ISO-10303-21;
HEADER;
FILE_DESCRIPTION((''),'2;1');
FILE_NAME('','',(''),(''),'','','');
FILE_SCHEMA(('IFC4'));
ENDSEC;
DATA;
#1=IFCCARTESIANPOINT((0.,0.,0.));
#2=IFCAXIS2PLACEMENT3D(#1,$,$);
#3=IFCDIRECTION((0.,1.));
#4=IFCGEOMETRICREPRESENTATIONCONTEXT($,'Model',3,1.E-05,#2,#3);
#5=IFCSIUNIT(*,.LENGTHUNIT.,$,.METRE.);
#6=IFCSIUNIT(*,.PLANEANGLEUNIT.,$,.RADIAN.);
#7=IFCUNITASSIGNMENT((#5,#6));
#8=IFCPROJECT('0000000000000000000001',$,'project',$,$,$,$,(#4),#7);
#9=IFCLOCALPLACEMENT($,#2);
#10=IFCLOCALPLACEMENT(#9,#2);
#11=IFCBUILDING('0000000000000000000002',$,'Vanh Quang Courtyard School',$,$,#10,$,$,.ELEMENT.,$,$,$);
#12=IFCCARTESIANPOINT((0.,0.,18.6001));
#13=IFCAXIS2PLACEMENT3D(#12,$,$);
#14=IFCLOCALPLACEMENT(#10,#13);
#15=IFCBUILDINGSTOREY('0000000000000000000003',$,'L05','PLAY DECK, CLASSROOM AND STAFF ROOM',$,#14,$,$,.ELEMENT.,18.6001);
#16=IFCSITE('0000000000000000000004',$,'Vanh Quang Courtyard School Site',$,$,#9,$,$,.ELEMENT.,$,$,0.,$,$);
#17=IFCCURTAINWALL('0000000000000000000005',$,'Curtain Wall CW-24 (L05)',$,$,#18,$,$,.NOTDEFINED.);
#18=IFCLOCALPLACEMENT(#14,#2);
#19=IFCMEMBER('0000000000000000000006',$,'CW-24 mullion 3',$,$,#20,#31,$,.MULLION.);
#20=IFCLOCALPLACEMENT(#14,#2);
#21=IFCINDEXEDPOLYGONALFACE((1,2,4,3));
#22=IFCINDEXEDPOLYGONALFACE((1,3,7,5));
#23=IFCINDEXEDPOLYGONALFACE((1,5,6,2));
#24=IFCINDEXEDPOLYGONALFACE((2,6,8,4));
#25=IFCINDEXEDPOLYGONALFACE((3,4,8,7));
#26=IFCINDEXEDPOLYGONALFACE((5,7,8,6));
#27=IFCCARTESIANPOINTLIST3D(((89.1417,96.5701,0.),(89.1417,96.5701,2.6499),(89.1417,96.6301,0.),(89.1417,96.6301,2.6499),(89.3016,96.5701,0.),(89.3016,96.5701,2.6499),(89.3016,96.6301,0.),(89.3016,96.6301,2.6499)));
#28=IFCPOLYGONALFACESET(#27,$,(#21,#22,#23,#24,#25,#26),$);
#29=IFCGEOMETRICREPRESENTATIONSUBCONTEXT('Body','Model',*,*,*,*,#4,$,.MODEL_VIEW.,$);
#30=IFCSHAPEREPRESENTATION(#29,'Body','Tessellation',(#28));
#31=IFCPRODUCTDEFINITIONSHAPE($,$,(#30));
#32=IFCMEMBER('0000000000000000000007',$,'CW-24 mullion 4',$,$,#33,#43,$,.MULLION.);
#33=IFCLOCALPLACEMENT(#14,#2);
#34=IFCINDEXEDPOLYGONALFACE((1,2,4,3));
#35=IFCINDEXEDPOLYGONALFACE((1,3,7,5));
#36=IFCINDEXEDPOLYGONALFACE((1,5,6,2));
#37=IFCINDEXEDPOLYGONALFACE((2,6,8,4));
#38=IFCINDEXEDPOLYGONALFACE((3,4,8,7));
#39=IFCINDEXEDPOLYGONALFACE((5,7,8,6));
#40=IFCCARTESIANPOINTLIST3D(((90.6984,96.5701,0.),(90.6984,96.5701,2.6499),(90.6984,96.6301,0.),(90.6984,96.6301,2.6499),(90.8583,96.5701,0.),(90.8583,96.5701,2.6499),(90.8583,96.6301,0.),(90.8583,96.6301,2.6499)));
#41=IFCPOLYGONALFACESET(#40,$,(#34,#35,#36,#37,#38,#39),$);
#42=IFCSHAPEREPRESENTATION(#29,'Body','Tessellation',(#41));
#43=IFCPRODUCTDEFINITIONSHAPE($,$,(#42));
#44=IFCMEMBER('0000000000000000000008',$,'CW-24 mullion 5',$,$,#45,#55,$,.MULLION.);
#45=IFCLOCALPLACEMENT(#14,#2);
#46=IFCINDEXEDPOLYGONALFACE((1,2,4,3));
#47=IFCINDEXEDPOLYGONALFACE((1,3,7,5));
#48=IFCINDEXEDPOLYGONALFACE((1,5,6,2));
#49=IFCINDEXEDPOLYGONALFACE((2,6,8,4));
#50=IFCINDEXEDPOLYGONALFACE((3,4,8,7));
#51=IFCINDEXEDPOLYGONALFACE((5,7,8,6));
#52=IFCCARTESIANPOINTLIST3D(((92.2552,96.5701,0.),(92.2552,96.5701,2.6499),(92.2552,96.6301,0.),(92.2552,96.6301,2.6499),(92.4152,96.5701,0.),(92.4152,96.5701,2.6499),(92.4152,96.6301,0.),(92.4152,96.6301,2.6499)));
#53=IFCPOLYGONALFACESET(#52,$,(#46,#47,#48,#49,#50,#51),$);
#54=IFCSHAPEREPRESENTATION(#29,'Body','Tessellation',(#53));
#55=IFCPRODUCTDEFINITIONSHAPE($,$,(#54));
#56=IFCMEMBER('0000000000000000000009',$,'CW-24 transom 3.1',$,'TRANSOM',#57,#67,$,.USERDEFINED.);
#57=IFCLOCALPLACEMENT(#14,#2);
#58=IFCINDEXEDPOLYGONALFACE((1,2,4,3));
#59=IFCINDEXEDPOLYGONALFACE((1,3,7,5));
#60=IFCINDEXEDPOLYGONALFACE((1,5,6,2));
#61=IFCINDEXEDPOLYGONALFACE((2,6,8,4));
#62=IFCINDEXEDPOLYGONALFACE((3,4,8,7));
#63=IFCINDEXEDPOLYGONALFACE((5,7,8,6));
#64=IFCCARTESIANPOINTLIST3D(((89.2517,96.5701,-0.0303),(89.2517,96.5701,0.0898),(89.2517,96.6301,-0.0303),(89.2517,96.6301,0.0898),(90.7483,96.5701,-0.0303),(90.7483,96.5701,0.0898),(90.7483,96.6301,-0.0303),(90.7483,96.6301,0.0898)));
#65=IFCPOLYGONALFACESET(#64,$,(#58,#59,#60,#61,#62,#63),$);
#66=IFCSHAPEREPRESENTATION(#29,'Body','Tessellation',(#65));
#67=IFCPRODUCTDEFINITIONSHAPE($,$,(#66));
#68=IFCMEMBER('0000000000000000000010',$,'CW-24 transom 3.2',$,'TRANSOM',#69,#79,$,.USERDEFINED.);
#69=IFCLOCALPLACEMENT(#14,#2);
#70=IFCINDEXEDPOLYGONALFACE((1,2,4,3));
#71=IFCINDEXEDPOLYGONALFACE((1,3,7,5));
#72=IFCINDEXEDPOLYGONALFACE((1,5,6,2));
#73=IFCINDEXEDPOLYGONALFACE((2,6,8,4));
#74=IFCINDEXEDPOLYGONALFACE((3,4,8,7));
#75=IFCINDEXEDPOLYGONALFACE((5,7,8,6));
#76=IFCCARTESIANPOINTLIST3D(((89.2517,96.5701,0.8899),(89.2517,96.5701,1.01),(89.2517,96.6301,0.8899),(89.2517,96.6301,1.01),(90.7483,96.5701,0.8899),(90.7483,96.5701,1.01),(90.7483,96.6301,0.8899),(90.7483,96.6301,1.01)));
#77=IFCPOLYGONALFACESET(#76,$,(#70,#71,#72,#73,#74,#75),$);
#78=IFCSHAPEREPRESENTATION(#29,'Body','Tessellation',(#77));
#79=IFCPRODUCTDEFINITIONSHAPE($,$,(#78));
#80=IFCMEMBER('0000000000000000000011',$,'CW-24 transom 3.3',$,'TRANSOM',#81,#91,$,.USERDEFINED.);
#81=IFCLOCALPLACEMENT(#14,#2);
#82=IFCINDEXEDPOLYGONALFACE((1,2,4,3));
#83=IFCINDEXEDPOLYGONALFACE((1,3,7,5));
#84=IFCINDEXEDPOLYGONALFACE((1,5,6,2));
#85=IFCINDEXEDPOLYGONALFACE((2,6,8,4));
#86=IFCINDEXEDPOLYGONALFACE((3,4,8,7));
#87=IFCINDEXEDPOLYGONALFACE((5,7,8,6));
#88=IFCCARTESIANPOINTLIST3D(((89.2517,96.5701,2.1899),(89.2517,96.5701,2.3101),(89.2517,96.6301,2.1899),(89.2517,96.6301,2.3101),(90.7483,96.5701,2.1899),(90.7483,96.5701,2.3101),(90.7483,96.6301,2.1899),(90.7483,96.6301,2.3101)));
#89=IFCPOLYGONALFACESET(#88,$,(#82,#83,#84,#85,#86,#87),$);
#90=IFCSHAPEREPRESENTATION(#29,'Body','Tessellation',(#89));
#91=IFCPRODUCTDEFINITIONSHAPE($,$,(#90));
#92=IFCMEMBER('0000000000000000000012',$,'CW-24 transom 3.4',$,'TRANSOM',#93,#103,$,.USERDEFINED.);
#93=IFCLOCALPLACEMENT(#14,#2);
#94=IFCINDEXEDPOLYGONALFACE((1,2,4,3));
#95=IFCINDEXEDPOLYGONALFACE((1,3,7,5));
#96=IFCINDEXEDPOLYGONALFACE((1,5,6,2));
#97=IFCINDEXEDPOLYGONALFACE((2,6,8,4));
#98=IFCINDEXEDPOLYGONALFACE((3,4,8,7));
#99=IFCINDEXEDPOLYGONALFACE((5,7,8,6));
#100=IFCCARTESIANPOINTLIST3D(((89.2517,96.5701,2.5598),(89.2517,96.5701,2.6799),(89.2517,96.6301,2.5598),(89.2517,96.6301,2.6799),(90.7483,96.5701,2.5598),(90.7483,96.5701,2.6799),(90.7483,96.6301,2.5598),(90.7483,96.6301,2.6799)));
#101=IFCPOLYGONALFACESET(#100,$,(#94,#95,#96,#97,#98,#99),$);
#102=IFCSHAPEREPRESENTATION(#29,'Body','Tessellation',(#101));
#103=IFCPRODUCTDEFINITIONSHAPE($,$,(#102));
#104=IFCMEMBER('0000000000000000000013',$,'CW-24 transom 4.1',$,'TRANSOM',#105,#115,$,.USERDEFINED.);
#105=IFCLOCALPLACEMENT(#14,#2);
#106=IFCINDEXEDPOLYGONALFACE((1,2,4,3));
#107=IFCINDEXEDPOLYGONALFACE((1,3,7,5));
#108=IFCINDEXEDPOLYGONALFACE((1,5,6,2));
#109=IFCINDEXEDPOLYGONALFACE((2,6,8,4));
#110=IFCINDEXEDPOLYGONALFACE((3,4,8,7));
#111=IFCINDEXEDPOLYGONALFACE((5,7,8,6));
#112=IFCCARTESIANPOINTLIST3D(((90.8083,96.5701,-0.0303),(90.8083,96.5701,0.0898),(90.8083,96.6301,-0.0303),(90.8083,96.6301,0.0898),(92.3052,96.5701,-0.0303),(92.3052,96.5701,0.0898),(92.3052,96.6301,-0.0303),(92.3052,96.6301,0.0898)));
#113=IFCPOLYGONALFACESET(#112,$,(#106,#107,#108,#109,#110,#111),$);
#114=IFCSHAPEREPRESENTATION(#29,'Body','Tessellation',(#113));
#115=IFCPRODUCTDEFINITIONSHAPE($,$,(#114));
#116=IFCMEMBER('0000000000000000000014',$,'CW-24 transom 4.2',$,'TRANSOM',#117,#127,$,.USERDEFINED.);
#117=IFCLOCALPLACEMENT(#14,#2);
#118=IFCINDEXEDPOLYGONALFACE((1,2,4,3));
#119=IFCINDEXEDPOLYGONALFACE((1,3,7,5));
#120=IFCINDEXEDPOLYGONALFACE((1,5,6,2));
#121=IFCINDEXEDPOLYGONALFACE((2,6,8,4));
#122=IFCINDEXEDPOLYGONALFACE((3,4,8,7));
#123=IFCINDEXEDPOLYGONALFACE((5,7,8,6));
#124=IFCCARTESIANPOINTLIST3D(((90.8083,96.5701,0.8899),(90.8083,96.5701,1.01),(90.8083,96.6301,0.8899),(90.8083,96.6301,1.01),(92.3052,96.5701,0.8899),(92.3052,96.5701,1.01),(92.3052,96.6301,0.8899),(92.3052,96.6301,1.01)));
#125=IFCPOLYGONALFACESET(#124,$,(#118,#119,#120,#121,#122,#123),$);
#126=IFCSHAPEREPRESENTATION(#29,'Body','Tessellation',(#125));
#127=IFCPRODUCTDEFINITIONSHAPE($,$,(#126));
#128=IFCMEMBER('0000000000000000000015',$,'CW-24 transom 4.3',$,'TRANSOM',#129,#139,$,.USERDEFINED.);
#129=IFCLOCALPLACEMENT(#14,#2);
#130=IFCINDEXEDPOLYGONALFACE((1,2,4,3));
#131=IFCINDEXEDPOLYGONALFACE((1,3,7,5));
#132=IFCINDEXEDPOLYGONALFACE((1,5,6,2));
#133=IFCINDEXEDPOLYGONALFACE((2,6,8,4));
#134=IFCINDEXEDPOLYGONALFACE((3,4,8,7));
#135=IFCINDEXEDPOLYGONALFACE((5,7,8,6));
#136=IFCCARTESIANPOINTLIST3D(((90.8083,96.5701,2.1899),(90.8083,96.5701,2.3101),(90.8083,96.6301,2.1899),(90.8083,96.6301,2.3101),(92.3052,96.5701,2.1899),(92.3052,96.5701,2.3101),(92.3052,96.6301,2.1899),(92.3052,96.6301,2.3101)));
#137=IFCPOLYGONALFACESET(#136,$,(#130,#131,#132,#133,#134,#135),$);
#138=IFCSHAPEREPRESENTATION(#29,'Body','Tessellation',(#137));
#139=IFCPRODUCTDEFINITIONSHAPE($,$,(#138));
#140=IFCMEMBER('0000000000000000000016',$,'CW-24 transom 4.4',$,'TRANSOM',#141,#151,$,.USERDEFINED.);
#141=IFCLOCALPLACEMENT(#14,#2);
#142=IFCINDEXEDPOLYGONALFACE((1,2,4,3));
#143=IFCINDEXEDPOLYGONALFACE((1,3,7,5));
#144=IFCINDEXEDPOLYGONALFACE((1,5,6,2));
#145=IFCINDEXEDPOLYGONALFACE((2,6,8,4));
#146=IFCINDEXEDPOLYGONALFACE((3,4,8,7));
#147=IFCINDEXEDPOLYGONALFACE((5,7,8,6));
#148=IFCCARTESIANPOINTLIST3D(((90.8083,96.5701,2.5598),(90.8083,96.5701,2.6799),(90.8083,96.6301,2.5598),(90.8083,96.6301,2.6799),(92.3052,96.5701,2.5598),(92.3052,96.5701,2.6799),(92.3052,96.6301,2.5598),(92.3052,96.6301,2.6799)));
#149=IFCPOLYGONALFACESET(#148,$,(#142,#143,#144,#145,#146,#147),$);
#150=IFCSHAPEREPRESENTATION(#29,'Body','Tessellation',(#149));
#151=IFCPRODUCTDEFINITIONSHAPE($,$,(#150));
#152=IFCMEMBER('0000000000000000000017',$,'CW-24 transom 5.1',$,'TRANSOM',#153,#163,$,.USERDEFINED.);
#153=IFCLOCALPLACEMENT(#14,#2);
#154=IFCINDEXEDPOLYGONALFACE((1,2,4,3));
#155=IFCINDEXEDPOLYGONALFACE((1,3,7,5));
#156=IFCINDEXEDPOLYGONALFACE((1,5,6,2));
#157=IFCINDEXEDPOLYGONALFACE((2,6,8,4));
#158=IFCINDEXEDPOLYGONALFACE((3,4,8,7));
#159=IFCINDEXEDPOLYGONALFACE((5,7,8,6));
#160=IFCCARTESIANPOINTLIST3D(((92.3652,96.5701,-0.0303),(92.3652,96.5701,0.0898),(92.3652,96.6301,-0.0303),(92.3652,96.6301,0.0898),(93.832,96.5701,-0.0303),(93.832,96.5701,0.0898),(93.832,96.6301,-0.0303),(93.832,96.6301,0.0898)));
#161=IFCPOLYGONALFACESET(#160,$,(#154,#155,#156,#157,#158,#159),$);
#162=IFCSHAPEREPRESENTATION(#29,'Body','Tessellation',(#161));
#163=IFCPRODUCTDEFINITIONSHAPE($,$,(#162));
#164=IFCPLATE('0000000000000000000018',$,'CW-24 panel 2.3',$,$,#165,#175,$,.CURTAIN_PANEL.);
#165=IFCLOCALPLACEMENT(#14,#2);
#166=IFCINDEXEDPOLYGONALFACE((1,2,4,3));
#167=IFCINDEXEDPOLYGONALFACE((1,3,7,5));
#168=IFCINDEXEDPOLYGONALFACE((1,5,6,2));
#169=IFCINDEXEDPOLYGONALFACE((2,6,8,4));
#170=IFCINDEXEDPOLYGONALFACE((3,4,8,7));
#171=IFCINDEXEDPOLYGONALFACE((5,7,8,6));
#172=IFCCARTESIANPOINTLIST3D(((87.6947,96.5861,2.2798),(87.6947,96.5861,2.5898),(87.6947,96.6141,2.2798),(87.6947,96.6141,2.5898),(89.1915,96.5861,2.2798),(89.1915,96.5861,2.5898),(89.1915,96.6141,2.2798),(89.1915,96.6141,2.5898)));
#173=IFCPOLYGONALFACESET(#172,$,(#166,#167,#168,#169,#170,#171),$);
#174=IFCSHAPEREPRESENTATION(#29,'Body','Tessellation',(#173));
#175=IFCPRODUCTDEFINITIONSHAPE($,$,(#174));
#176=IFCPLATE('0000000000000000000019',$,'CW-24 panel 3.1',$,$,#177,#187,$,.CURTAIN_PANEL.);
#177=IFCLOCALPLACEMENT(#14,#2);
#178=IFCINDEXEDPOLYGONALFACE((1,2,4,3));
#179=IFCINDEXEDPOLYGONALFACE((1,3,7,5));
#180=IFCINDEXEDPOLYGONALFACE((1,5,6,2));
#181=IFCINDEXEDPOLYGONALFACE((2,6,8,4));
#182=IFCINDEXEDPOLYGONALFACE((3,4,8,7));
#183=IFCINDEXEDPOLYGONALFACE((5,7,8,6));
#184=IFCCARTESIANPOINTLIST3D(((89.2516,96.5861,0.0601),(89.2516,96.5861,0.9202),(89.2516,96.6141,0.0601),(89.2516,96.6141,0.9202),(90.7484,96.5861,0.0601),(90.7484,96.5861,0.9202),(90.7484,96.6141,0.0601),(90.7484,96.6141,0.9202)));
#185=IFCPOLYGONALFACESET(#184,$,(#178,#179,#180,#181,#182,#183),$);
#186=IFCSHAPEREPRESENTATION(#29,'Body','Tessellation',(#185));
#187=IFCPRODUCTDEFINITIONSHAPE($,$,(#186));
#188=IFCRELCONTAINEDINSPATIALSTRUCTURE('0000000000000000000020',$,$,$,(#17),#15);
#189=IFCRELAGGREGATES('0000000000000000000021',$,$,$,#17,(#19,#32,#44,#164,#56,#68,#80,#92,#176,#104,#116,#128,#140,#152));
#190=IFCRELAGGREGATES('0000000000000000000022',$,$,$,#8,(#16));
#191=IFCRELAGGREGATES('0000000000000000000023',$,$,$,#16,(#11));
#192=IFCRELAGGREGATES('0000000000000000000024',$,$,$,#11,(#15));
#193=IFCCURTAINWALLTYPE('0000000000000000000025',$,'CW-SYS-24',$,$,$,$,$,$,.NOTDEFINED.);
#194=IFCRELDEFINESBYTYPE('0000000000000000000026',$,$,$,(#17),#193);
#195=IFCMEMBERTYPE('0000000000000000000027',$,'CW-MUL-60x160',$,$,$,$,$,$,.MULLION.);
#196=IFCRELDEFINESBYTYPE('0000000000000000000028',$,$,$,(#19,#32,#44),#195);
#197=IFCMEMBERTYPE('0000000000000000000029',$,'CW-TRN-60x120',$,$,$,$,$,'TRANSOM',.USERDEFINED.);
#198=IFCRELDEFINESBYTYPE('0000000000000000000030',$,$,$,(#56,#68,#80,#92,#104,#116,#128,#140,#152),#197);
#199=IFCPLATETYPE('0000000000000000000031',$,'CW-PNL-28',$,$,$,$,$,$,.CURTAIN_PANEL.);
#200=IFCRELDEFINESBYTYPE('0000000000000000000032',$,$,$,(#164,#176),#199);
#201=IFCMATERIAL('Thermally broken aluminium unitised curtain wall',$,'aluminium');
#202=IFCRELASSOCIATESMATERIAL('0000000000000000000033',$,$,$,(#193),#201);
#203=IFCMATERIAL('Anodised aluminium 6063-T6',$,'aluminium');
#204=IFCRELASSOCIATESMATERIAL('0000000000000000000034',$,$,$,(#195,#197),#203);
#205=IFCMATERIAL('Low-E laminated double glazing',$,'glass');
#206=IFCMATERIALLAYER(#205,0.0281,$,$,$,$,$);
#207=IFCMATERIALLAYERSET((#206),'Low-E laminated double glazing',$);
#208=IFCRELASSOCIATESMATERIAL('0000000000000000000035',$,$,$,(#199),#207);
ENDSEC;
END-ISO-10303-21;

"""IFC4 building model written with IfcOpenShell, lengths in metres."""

from ifc_helpers import new_model, si_unit, direction, frame, origin, origin_2d, place, context, subcontext, project, spatial, rectangle, extrude, material, layer, layer_set, material_profile, profile_set, type_object, element, aggregate, save


model = new_model("IFC4")

# Units and contexts
model_context = context("Model", 3, precision=1e-05, world=origin(), true_north=direction((0.0, 1.0)))
body_context = subcontext(model_context, "Body", "Model", "MODEL_VIEW")
ifc_project = project(units=[si_unit("LENGTHUNIT", "METRE"), si_unit("PLANEANGLEUNIT", "RADIAN")], contexts=[model_context])

# Site, building, storey
site_placement = place(None, origin())
site = spatial("IfcSite", under=ifc_project, at=site_placement, Name="Vanh Quang Courtyard School Site", CompositionType="ELEMENT", RefElevation=0.0)
building_placement = place(site_placement, origin())
building = spatial("IfcBuilding", under=site, at=building_placement, Name="Vanh Quang Courtyard School", CompositionType="ELEMENT")
storey_placement = place(building_placement, frame((0.0, 0.0, 18.6001)))
storey = spatial("IfcBuildingStorey", under=building, at=storey_placement, Name="L05", Description="PLAY DECK, CLASSROOM AND STAFF ROOM", CompositionType="ELEMENT", Elevation=18.6001)

# Curtain wall, members, plates
ifc_material_1 = material(Name="Thermally broken aluminium unitised curtain wall", Category="aluminium")
curtain_wall_type = type_object("IfcCurtainWallType", Name="CW-SYS-24", PredefinedType="NOTDEFINED", material=ifc_material_1)
curtain_wall_placement = place(storey_placement, origin())
curtain_wall = element("IfcCurtainWall", 1, at=curtain_wall_placement, inside=storey, type_object=curtain_wall_type, Name="Curtain Wall CW-24 (L05)", PredefinedType="NOTDEFINED")
ifc_material_2 = material(Name="Anodised aluminium 6063-T6", Category="aluminium")
ifc_material_profile_1 = material_profile(ifc_material_2, rectangle(XDim=0.0601, YDim=0.1599, at=origin_2d()), Name="ALU-MUL 60x160")
ifc_profile_set_1 = profile_set([ifc_material_profile_1], Name="Anodised aluminium 6063-T6")
member_type_1 = type_object("IfcMemberType", Name="CW-MUL-60x160", PredefinedType="MULLION", material=ifc_profile_set_1)
member_1_placement = place(storey_placement, frame((89.2217, 96.6001, 0.0), z_axis=(0.0, 0.0, 1.0), x_axis=(0.0, 1.0, 0.0)))
member_1 = element("IfcMember", 2, at=member_1_placement, type_object=member_type_1, Name="CW-24 mullion 3", PredefinedType="MULLION", context=body_context, shape_type="SweptSolid", body=[
    extrude(rectangle(XDim=0.0601, YDim=0.1599, at=origin_2d()), origin(), (0.0, 0.0, 1.0), 2.6499),
])
member_2_placement = place(storey_placement, frame((90.7783, 96.6001, 0.0), z_axis=(0.0, 0.0, 1.0), x_axis=(0.0, 1.0, 0.0)))
member_2 = element("IfcMember", 3, at=member_2_placement, type_object=member_type_1, Name="CW-24 mullion 4", PredefinedType="MULLION", context=body_context, shape_type="SweptSolid", body=[
    extrude(rectangle(XDim=0.0601, YDim=0.1599, at=origin_2d()), origin(), (0.0, 0.0, 1.0), 2.6499),
])
member_3_placement = place(storey_placement, frame((92.3352, 96.6001, 0.0), z_axis=(0.0, 0.0, 1.0), x_axis=(0.0, 1.0, 0.0)))
member_3 = element("IfcMember", 4, at=member_3_placement, type_object=member_type_1, Name="CW-24 mullion 5", PredefinedType="MULLION", context=body_context, shape_type="SweptSolid", body=[
    extrude(rectangle(XDim=0.0601, YDim=0.1599, at=origin_2d()), origin(), (0.0, 0.0, 1.0), 2.6499),
])
ifc_material_profile_2 = material_profile(ifc_material_2, rectangle(XDim=0.0601, YDim=0.1201, at=origin_2d()), Name="ALU-TRN 60x120")
ifc_profile_set_2 = profile_set([ifc_material_profile_2], Name="Anodised aluminium 6063-T6")
member_type_2 = type_object("IfcMemberType", Name="CW-TRN-60x120", ElementType="TRANSOM", PredefinedType="USERDEFINED", material=ifc_profile_set_2)
member_4_placement = place(storey_placement, frame((89.2517, 96.6001, 0.0298), z_axis=(1.0, 0.0, 0.0), x_axis=(0.0, 1.0, 0.0)))
member_4 = element("IfcMember", 5, at=member_4_placement, type_object=member_type_2, Name="CW-24 transom 3.1", ObjectType="TRANSOM", PredefinedType="USERDEFINED", context=body_context, shape_type="SweptSolid", body=[
    extrude(rectangle(XDim=0.0601, YDim=0.1201, at=origin_2d()), origin(), (0.0, 0.0, 1.0), 1.4966),
])
member_5_placement = place(storey_placement, frame((89.2517, 96.6001, 0.95), z_axis=(1.0, 0.0, 0.0), x_axis=(0.0, 1.0, 0.0)))
member_5 = element("IfcMember", 6, at=member_5_placement, type_object=member_type_2, Name="CW-24 transom 3.2", ObjectType="TRANSOM", PredefinedType="USERDEFINED", context=body_context, shape_type="SweptSolid", body=[
    extrude(rectangle(XDim=0.0601, YDim=0.1201, at=origin_2d()), origin(), (0.0, 0.0, 1.0), 1.4966),
])
member_6_placement = place(storey_placement, frame((89.2517, 96.6001, 2.25), z_axis=(1.0, 0.0, 0.0), x_axis=(0.0, 1.0, 0.0)))
member_6 = element("IfcMember", 7, at=member_6_placement, type_object=member_type_2, Name="CW-24 transom 3.3", ObjectType="TRANSOM", PredefinedType="USERDEFINED", context=body_context, shape_type="SweptSolid", body=[
    extrude(rectangle(XDim=0.0601, YDim=0.1201, at=origin_2d()), origin(), (0.0, 0.0, 1.0), 1.4966),
])
member_7_placement = place(storey_placement, frame((89.2517, 96.6001, 2.6199), z_axis=(1.0, 0.0, 0.0), x_axis=(0.0, 1.0, 0.0)))
member_7 = element("IfcMember", 8, at=member_7_placement, type_object=member_type_2, Name="CW-24 transom 3.4", ObjectType="TRANSOM", PredefinedType="USERDEFINED", context=body_context, shape_type="SweptSolid", body=[
    extrude(rectangle(XDim=0.0601, YDim=0.1201, at=origin_2d()), origin(), (0.0, 0.0, 1.0), 1.4966),
])
member_8_placement = place(storey_placement, frame((90.8083, 96.6001, 0.0298), z_axis=(1.0, 0.0, 0.0), x_axis=(0.0, 1.0, 0.0)))
member_8 = element("IfcMember", 9, at=member_8_placement, type_object=member_type_2, Name="CW-24 transom 4.1", ObjectType="TRANSOM", PredefinedType="USERDEFINED", context=body_context, shape_type="SweptSolid", body=[
    extrude(rectangle(XDim=0.0601, YDim=0.1201, at=origin_2d()), origin(), (0.0, 0.0, 1.0), 1.4968),
])
member_9_placement = place(storey_placement, frame((90.8083, 96.6001, 0.95), z_axis=(1.0, 0.0, 0.0), x_axis=(0.0, 1.0, 0.0)))
member_9 = element("IfcMember", 10, at=member_9_placement, type_object=member_type_2, Name="CW-24 transom 4.2", ObjectType="TRANSOM", PredefinedType="USERDEFINED", context=body_context, shape_type="SweptSolid", body=[
    extrude(rectangle(XDim=0.0601, YDim=0.1201, at=origin_2d()), origin(), (0.0, 0.0, 1.0), 1.4968),
])
member_10_placement = place(storey_placement, frame((90.8083, 96.6001, 2.25), z_axis=(1.0, 0.0, 0.0), x_axis=(0.0, 1.0, 0.0)))
member_10 = element("IfcMember", 11, at=member_10_placement, type_object=member_type_2, Name="CW-24 transom 4.3", ObjectType="TRANSOM", PredefinedType="USERDEFINED", context=body_context, shape_type="SweptSolid", body=[
    extrude(rectangle(XDim=0.0601, YDim=0.1201, at=origin_2d()), origin(), (0.0, 0.0, 1.0), 1.4968),
])
member_11_placement = place(storey_placement, frame((90.8083, 96.6001, 2.6199), z_axis=(1.0, 0.0, 0.0), x_axis=(0.0, 1.0, 0.0)))
member_11 = element("IfcMember", 12, at=member_11_placement, type_object=member_type_2, Name="CW-24 transom 4.4", ObjectType="TRANSOM", PredefinedType="USERDEFINED", context=body_context, shape_type="SweptSolid", body=[
    extrude(rectangle(XDim=0.0601, YDim=0.1201, at=origin_2d()), origin(), (0.0, 0.0, 1.0), 1.4968),
])
member_12_placement = place(storey_placement, frame((92.3652, 96.6001, 0.0298), z_axis=(1.0, 0.0, 0.0), x_axis=(0.0, 1.0, 0.0)))
member_12 = element("IfcMember", 13, at=member_12_placement, type_object=member_type_2, Name="CW-24 transom 5.1", ObjectType="TRANSOM", PredefinedType="USERDEFINED", context=body_context, shape_type="SweptSolid", body=[
    extrude(rectangle(XDim=0.0601, YDim=0.1201, at=origin_2d()), origin(), (0.0, 0.0, 1.0), 1.4668),
])
ifc_material_3 = material(Name="Low-E laminated double glazing", Category="glass")
ifc_layer_1 = layer(ifc_material_3, 0.0281)
ifc_layer_set_1 = layer_set([ifc_layer_1], Name="Low-E laminated double glazing")
plate_type = type_object("IfcPlateType", Name="CW-PNL-28", PredefinedType="CURTAIN_PANEL", material=ifc_layer_set_1)
plate_1_placement = place(storey_placement, frame((88.4431, 96.6001, 2.2798), z_axis=(0.0, 0.0, 1.0), x_axis=(1.0, 0.0, 0.0)))
plate_1 = element("IfcPlate", 14, at=plate_1_placement, type_object=plate_type, Name="CW-24 panel 2.3", PredefinedType="CURTAIN_PANEL", context=body_context, shape_type="SweptSolid", body=[
    extrude(rectangle(XDim=1.4968, YDim=0.0281, at=origin_2d()), origin(), (0.0, 0.0, 1.0), 0.3101),
])
plate_2_placement = place(storey_placement, frame((90.0, 96.6001, 0.0601), z_axis=(0.0, 0.0, 1.0), x_axis=(1.0, 0.0, 0.0)))
plate_2 = element("IfcPlate", 15, at=plate_2_placement, type_object=plate_type, Name="CW-24 panel 3.1", PredefinedType="CURTAIN_PANEL", context=body_context, shape_type="SweptSolid", body=[
    extrude(rectangle(XDim=1.4968, YDim=0.0281, at=origin_2d()), origin(), (0.0, 0.0, 1.0), 0.8601),
])
aggregate(curtain_wall, [member_1, member_2, member_3, plate_1, member_4, member_5, member_6, member_7, plate_2, member_8, member_9, member_10, member_11, member_12])

save(model, "model.ifc")
